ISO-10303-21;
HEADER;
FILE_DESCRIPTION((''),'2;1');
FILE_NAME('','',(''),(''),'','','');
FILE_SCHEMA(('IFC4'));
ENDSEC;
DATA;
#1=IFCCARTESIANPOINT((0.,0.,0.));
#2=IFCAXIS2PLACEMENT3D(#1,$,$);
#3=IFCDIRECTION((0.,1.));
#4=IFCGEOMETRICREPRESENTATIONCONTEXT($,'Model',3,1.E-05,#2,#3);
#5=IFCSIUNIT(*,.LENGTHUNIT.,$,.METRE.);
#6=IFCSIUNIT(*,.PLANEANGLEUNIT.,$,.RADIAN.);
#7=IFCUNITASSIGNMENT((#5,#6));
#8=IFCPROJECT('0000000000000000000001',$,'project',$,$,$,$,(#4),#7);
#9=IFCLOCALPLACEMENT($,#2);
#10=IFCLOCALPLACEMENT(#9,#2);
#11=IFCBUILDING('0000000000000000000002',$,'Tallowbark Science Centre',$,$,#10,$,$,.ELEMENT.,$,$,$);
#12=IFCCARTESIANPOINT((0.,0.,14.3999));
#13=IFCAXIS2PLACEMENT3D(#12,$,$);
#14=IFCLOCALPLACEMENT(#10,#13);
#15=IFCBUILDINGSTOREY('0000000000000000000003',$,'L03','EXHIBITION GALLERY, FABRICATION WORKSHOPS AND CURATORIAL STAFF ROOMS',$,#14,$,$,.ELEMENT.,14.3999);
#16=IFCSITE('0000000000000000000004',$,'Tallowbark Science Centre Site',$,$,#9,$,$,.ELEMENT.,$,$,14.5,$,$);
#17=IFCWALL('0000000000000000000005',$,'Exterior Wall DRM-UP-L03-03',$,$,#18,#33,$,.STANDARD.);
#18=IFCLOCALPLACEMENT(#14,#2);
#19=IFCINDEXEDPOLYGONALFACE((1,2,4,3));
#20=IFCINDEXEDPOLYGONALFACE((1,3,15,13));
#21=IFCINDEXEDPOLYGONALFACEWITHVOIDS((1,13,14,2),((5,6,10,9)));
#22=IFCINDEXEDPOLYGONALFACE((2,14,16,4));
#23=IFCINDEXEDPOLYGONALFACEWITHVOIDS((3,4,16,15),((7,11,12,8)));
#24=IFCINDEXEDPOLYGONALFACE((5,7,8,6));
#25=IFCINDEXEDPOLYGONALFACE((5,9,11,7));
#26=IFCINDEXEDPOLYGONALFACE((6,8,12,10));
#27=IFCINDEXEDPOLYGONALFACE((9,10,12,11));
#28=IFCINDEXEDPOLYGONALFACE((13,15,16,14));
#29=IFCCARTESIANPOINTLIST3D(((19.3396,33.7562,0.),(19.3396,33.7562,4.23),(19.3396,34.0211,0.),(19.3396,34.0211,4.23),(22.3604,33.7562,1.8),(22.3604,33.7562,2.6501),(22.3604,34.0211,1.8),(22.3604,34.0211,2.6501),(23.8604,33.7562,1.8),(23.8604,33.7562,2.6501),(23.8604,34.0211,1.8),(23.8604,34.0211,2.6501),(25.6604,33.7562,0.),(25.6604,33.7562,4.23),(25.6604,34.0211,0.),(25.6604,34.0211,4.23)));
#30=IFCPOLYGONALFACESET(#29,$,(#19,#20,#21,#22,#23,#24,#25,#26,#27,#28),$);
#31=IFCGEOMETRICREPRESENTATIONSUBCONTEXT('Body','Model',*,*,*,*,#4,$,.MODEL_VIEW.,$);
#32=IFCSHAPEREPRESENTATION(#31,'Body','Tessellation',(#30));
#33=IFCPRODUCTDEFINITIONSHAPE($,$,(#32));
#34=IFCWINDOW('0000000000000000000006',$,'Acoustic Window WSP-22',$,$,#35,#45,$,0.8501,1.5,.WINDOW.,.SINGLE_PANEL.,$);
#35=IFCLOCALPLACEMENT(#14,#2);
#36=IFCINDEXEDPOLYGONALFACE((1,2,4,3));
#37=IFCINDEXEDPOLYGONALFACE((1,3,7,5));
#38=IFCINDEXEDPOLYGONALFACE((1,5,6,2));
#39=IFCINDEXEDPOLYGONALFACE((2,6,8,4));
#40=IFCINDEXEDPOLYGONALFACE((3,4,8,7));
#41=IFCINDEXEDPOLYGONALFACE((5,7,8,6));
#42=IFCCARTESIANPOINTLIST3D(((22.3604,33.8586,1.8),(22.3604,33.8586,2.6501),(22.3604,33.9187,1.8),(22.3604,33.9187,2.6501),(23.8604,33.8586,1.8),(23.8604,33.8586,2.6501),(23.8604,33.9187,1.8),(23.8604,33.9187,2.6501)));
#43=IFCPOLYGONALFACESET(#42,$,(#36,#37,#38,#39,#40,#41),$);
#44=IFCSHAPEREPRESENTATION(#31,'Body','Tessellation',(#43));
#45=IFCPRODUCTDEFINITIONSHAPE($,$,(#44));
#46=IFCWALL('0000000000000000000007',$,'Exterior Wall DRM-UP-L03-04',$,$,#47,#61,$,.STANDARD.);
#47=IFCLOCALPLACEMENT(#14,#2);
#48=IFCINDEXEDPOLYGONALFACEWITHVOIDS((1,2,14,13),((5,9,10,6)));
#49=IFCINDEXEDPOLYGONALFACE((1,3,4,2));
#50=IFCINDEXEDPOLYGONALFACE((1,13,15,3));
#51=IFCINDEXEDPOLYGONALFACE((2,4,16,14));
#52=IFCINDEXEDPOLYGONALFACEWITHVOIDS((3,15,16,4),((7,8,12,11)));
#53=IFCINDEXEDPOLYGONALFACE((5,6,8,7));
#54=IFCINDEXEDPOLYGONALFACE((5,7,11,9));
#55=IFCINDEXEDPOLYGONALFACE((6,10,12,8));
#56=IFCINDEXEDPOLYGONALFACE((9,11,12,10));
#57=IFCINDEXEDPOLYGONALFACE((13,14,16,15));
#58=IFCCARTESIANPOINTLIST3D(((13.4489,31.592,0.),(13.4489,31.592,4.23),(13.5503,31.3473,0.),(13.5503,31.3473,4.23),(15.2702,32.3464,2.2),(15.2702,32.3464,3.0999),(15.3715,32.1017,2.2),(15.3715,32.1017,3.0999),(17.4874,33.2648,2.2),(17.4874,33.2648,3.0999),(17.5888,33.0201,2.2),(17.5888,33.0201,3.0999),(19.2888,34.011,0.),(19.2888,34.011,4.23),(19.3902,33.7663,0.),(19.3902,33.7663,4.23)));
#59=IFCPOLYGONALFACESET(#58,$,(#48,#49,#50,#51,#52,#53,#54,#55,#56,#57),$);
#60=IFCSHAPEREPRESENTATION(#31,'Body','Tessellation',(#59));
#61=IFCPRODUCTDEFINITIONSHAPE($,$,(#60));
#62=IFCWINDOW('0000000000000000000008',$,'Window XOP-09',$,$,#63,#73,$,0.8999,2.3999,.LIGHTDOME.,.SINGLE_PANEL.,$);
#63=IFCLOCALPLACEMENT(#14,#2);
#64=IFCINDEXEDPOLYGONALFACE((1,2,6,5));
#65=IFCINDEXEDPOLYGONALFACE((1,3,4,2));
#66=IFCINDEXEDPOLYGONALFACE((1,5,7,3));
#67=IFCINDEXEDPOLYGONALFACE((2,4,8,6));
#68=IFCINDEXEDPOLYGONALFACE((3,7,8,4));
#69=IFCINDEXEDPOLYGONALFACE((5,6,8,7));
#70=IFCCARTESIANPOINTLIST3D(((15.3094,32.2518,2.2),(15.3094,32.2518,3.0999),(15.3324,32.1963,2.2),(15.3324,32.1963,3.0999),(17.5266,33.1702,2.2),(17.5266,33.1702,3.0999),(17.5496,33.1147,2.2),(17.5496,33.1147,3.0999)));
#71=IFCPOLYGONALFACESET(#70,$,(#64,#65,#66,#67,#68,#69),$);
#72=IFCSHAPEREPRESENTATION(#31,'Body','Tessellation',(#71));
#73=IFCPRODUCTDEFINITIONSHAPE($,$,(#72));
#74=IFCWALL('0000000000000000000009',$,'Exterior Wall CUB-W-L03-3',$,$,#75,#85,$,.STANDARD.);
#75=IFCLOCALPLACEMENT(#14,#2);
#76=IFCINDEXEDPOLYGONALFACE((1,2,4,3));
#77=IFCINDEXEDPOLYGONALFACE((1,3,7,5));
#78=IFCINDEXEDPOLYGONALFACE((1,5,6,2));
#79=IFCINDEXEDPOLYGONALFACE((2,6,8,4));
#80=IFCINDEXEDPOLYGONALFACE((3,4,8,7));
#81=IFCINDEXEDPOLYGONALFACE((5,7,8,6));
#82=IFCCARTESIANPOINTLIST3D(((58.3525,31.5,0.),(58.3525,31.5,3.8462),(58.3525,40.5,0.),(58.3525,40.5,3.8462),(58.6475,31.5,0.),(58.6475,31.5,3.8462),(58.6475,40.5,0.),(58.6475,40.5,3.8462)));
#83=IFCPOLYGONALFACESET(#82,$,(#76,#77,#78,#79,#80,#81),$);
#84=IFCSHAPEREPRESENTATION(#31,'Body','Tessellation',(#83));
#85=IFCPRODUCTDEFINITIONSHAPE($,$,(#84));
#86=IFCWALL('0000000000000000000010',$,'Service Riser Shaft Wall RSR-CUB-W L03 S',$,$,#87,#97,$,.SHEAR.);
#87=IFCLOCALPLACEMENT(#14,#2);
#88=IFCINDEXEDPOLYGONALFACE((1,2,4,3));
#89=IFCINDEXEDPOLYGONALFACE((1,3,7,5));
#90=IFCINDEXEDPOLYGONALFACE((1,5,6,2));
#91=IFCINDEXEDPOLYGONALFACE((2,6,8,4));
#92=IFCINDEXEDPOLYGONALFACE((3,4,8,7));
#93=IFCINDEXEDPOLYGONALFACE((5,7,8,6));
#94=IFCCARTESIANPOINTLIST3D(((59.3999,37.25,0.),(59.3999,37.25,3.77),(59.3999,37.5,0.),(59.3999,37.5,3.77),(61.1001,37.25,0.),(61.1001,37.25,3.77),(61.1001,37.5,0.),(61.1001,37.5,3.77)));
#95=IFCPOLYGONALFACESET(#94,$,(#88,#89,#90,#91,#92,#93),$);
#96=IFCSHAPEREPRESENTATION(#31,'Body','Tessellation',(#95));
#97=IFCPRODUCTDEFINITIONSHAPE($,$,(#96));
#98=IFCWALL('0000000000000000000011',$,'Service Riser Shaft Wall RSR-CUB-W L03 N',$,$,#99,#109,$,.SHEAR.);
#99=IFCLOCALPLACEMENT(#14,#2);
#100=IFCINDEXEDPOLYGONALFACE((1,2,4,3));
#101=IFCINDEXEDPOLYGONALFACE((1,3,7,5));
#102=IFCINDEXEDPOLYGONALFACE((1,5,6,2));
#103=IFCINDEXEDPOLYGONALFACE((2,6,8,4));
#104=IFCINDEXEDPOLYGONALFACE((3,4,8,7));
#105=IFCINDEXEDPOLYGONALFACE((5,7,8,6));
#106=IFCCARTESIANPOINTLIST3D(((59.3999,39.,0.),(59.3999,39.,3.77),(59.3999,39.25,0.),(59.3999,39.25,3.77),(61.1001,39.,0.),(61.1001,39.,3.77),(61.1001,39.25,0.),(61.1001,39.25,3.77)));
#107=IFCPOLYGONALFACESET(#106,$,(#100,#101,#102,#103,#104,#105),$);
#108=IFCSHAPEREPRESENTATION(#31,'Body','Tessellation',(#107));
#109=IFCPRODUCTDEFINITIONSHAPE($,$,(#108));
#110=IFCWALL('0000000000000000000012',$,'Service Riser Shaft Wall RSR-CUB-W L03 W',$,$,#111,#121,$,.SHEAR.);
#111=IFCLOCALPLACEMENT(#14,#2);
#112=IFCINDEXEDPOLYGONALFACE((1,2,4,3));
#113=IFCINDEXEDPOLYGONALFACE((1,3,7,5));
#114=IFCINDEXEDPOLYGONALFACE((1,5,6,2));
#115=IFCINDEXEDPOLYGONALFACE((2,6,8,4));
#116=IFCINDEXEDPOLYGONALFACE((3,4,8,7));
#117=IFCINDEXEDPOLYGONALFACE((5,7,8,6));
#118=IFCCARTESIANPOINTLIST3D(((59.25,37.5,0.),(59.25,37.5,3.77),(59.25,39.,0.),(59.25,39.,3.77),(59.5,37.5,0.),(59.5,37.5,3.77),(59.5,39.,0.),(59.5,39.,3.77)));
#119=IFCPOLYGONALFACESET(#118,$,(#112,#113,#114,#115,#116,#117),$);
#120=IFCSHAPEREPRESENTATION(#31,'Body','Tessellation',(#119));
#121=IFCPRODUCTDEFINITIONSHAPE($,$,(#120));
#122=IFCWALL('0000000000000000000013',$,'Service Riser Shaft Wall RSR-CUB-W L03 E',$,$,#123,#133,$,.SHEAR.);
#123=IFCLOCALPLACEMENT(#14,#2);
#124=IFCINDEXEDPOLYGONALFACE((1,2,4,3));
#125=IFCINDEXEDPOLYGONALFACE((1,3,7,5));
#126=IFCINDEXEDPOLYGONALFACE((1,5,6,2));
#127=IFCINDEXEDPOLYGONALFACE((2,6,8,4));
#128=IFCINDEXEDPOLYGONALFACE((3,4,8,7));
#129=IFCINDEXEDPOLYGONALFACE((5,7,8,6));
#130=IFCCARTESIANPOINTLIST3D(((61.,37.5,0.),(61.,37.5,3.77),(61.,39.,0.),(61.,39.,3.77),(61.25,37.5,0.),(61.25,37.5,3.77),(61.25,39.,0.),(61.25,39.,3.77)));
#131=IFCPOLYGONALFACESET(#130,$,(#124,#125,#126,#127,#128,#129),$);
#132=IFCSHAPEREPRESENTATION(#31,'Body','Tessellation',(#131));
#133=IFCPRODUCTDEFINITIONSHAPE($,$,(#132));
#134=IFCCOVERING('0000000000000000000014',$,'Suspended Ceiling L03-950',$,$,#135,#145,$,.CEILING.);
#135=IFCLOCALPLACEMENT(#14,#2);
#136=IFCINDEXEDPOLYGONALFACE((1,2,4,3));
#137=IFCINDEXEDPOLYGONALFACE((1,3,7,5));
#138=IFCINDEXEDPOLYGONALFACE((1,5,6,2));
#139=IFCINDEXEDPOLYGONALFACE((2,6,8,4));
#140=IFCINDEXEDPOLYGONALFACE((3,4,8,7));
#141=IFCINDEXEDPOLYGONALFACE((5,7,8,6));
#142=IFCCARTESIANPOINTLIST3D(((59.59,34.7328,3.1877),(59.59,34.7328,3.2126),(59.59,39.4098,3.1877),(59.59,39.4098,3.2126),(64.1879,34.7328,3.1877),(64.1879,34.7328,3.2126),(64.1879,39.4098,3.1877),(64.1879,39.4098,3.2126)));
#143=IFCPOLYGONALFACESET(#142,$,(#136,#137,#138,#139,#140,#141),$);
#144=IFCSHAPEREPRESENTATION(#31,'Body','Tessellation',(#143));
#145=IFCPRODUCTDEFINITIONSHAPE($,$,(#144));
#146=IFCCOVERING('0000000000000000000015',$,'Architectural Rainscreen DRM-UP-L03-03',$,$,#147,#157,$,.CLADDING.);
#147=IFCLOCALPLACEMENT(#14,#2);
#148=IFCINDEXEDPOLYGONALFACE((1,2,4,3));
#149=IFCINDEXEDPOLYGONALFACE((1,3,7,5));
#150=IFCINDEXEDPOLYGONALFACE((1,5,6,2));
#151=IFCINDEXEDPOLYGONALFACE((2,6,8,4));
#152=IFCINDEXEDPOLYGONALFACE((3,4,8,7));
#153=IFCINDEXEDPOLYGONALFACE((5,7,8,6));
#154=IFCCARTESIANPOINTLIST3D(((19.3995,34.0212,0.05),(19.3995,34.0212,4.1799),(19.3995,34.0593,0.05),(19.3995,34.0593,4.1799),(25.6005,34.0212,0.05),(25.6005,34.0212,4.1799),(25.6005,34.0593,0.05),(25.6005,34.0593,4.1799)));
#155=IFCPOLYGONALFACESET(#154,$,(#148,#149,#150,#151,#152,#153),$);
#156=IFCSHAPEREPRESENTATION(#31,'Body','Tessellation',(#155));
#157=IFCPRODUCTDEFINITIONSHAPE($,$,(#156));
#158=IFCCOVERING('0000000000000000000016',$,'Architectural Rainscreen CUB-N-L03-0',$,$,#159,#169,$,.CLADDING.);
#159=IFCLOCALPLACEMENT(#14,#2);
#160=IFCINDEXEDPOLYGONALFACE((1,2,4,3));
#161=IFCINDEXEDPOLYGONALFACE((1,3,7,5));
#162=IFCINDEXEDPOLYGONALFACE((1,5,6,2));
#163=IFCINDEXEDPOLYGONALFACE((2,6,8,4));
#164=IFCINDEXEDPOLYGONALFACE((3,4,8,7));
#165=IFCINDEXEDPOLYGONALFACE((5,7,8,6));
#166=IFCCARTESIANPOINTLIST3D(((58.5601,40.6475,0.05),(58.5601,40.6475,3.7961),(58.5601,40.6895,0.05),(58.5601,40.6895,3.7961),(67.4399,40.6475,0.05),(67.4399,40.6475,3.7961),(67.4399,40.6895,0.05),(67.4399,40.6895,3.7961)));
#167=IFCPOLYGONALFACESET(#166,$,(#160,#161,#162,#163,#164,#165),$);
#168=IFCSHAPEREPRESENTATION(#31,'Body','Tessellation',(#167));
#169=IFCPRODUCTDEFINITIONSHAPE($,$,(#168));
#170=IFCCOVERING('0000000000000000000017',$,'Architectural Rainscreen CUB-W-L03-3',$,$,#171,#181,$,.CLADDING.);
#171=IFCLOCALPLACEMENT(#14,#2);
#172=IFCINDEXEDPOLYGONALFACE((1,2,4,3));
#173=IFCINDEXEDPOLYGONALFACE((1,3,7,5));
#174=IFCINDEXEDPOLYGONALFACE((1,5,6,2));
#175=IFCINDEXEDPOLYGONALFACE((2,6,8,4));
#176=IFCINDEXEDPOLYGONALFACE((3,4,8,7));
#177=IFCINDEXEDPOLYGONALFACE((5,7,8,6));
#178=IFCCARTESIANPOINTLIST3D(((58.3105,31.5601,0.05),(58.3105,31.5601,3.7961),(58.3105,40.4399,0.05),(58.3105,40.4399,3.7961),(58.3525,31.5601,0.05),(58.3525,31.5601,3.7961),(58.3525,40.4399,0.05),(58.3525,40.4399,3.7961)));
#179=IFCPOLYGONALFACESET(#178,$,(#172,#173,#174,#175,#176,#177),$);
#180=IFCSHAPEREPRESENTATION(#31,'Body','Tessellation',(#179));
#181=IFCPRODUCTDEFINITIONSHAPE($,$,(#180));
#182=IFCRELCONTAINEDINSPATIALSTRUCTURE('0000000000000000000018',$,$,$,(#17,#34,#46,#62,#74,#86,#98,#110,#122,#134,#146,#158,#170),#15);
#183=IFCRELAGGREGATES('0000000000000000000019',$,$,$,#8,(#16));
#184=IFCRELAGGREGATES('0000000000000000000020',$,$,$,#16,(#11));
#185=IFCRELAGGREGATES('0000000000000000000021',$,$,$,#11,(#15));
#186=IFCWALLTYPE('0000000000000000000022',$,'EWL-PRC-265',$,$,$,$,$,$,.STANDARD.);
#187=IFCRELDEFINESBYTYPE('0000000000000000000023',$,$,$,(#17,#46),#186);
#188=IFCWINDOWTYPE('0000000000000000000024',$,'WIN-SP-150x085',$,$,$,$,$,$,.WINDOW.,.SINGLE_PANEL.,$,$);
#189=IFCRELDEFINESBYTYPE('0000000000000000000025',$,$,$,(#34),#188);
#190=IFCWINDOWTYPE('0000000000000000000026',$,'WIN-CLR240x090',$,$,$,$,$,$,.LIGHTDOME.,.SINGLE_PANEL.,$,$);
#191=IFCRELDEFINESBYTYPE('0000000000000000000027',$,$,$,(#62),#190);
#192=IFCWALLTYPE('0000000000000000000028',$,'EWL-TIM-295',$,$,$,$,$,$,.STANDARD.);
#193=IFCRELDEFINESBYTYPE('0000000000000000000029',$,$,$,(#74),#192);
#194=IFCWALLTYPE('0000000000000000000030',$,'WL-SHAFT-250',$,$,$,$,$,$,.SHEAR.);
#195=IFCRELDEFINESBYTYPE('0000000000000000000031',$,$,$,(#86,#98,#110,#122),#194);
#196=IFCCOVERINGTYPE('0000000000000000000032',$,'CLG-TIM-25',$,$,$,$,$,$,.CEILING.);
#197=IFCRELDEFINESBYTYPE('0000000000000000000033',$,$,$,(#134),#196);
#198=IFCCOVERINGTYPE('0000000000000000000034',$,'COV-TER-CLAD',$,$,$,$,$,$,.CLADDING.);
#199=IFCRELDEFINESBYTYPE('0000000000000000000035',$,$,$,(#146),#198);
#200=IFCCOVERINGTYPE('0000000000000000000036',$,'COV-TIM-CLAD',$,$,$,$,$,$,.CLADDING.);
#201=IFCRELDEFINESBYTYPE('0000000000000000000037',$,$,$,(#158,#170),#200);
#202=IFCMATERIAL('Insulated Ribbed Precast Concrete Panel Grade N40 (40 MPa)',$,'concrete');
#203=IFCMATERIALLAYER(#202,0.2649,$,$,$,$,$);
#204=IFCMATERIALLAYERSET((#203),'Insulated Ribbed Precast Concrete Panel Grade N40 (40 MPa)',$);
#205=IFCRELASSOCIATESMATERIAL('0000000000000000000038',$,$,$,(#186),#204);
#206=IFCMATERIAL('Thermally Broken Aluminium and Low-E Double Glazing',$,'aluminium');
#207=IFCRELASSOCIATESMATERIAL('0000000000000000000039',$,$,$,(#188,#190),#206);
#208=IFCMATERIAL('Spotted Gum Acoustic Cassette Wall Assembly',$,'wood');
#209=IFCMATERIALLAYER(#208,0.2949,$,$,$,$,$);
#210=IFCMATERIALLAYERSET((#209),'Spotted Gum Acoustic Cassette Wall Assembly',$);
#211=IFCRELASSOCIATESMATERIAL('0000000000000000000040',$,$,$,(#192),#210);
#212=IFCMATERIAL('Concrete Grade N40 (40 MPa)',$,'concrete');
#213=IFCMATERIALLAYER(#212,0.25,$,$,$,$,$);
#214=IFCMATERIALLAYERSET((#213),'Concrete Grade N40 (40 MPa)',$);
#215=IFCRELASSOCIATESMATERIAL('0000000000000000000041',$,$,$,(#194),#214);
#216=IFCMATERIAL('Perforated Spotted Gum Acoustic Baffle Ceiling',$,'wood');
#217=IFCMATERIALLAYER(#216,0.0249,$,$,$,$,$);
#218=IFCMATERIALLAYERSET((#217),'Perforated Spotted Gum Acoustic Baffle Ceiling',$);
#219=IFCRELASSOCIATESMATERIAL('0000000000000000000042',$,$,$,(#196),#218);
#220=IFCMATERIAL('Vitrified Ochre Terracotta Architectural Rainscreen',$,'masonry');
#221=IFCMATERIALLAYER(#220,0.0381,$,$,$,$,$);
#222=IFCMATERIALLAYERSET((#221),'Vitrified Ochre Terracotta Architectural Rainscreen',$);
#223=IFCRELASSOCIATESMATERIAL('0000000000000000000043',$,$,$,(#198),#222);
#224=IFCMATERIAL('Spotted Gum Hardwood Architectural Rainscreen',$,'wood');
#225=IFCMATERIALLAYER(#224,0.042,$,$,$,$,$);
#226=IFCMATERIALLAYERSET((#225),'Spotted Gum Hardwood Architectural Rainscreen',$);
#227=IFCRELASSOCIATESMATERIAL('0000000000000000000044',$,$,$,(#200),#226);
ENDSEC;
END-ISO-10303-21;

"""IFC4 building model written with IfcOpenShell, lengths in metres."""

from ifc_helpers import new_model, si_unit, direction, frame, frame_2d, origin, origin_2d, place, context, subcontext, project, spatial, rectangle, extrude, material, layer, layer_set, type_object, element, fill, save


model = new_model("IFC4")

# Units and contexts
model_context = context("Model", 3, precision=1e-05, world=origin(), true_north=direction((0.0, 1.0)))
body_context = subcontext(model_context, "Body", "Model", "MODEL_VIEW")
ifc_project = project(units=[si_unit("LENGTHUNIT", "METRE"), si_unit("PLANEANGLEUNIT", "RADIAN")], contexts=[model_context])

# Site, building, storey
site_placement = place(None, origin())
site = spatial("IfcSite", under=ifc_project, at=site_placement, Name="Tallowbark Science Centre Site", CompositionType="ELEMENT", RefElevation=14.5)
building_placement = place(site_placement, origin())
building = spatial("IfcBuilding", under=site, at=building_placement, Name="Tallowbark Science Centre", CompositionType="ELEMENT")
storey_placement = place(building_placement, frame((0.0, 0.0, 14.3999)))
storey = spatial("IfcBuildingStorey", under=building, at=storey_placement, Name="L03", Description="EXHIBITION GALLERY, FABRICATION WORKSHOPS AND CURATORIAL STAFF ROOMS", CompositionType="ELEMENT", Elevation=14.3999)

# Walls, openings, windows
ifc_material_1 = material(Name="Insulated Ribbed Precast Concrete Panel Grade N40 (40 MPa)", Category="concrete")
ifc_layer_1 = layer(ifc_material_1, 0.2649)
ifc_layer_set_1 = layer_set([ifc_layer_1], Name="Insulated Ribbed Precast Concrete Panel Grade N40 (40 MPa)")
wall_type_1 = type_object("IfcWallType", Name="EWL-PRC-265", PredefinedType="STANDARD", material=ifc_layer_set_1)
wall_1_placement = place(storey_placement, frame((25.6604, 33.8887, 0.0), z_axis=(0.0, 0.0, 1.0), x_axis=(-1.0, 0.0, 0.0)))
wall_1 = element("IfcWall", 1, at=wall_1_placement, inside=storey, type_object=wall_type_1, Name="Exterior Wall DRM-UP-L03-03", PredefinedType="STANDARD", context=body_context, shape_type="SweptSolid", body=[
    extrude(rectangle(XDim=6.3208, YDim=0.2649, at=frame_2d((3.1604, 0.0))), origin(), (0.0, 0.0, 1.0), 4.23),
])
opening_1_placement = place(wall_1_placement, frame((1.8, 0.0, 1.8)))
opening_1 = element("IfcOpeningElement", 2, at=opening_1_placement, cuts=wall_1, PredefinedType="OPENING", context=body_context, shape_type="SweptSolid", body=[
    extrude(rectangle(XDim=1.5, YDim=0.8501, at=frame_2d((0.75, 0.425))), frame((0.0, 0.1426, 0.0), z_axis=(0.0, -1.0, 0.0), x_axis=(1.0, 0.0, 0.0)), (0.0, 0.0, 1.0), 0.2849),
])
ifc_material_2 = material(Name="Thermally Broken Aluminium and Low-E Double Glazing", Category="aluminium")
window_type_1 = type_object("IfcWindowType", Name="WIN-SP-150x085", PartitioningType="SINGLE_PANEL", PredefinedType="WINDOW", material=ifc_material_2)
window_1_placement = place(opening_1_placement, origin())
window_1 = element("IfcWindow", 3, at=window_1_placement, inside=storey, type_object=window_type_1, Name="Acoustic Window WSP-22", OverallHeight=0.8501, OverallWidth=1.5, PartitioningType="SINGLE_PANEL", PredefinedType="WINDOW", context=body_context, shape_type="SweptSolid", body=[
    extrude(rectangle(XDim=1.5, YDim=0.8501, at=frame_2d((0.75, 0.425))), frame((0.0, 0.03, 0.0), z_axis=(0.0, -1.0, 0.0), x_axis=(1.0, 0.0, 0.0)), (0.0, 0.0, 1.0), 0.0601),
])
fill(opening_1, window_1)
wall_2_placement = place(storey_placement, frame((19.3396, 33.8887, 0.0), z_axis=(0.0, 0.0, 1.0), x_axis=(-0.923879, -0.382684, 0.0)))
wall_2 = element("IfcWall", 4, at=wall_2_placement, inside=storey, type_object=wall_type_1, Name="Exterior Wall DRM-UP-L03-04", PredefinedType="STANDARD", context=body_context, shape_type="SweptSolid", body=[
    extrude(rectangle(XDim=6.321, YDim=0.2649, at=frame_2d((3.1606, 0.0))), origin(), (0.0, 0.0, 1.0), 4.23),
])
opening_2_placement = place(wall_2_placement, frame((1.95, 0.0, 2.2)))
opening_2 = element("IfcOpeningElement", 5, at=opening_2_placement, cuts=wall_2, PredefinedType="OPENING", context=body_context, shape_type="SweptSolid", body=[
    extrude(rectangle(XDim=2.3999, YDim=0.8999, at=frame_2d((1.2, 0.45))), frame((0.0, 0.1426, 0.0), z_axis=(0.0, -1.0, 0.0), x_axis=(1.0, 0.0, 0.0)), (0.0, 0.0, 1.0), 0.2849),
])
window_type_2 = type_object("IfcWindowType", Name="WIN-CLR240x090", PartitioningType="SINGLE_PANEL", PredefinedType="LIGHTDOME", material=ifc_material_2)
window_2_placement = place(opening_2_placement, origin())
window_2 = element("IfcWindow", 6, at=window_2_placement, inside=storey, type_object=window_type_2, Name="Window XOP-09", OverallHeight=0.8999, OverallWidth=2.3999, PartitioningType="SINGLE_PANEL", PredefinedType="LIGHTDOME", context=body_context, shape_type="SweptSolid", body=[
    extrude(rectangle(XDim=2.3999, YDim=0.8999, at=frame_2d((1.2, 0.45))), frame((0.0, 0.03, 0.0), z_axis=(0.0, -1.0, 0.0), x_axis=(1.0, 0.0, 0.0)), (0.0, 0.0, 1.0), 0.0601),
])
fill(opening_2, window_2)

# Walls
ifc_material_3 = material(Name="Spotted Gum Acoustic Cassette Wall Assembly", Category="wood")
ifc_layer_2 = layer(ifc_material_3, 0.2949)
ifc_layer_set_2 = layer_set([ifc_layer_2], Name="Spotted Gum Acoustic Cassette Wall Assembly")
wall_type_2 = type_object("IfcWallType", Name="EWL-TIM-295", PredefinedType="STANDARD", material=ifc_layer_set_2)
wall_3_placement = place(storey_placement, frame((58.5, 40.5, 0.0), z_axis=(0.0, 0.0, 1.0), x_axis=(0.0, -1.0, 0.0)))
element("IfcWall", 7, at=wall_3_placement, inside=storey, type_object=wall_type_2, Name="Exterior Wall CUB-W-L03-3", PredefinedType="STANDARD", context=body_context, shape_type="SweptSolid", body=[
    extrude(rectangle(XDim=9.0, YDim=0.2949, at=frame_2d((4.5, 0.0))), origin(), (0.0, 0.0, 1.0), 3.8462),
])
ifc_material_4 = material(Name="Concrete Grade N40 (40 MPa)", Category="concrete")
ifc_layer_3 = layer(ifc_material_4, 0.25)
ifc_layer_set_3 = layer_set([ifc_layer_3], Name="Concrete Grade N40 (40 MPa)")
wall_type_3 = type_object("IfcWallType", Name="WL-SHAFT-250", PredefinedType="SHEAR", material=ifc_layer_set_3)
for number, where, z_axis, x_axis, name in (
    (8, (59.3999, 37.375, 0.0), (0.0, 0.0, 1.0), (1.0, 0.0, 0.0), "Service Riser Shaft Wall RSR-CUB-W L03 S"),
    (9, (59.3999, 39.125, 0.0), (0.0, 0.0, 1.0), (1.0, 0.0, 0.0), "Service Riser Shaft Wall RSR-CUB-W L03 N"),
):
    element("IfcWall", number, at=place(storey_placement, frame(where, z_axis=z_axis, x_axis=x_axis)), inside=storey, type_object=wall_type_3, Name=name, PredefinedType="SHEAR", context=body_context, shape_type="SweptSolid", body=[
        extrude(rectangle(XDim=1.7002, YDim=0.25, at=frame_2d((0.8501, 0.0))), origin(), (0.0, 0.0, 1.0), 3.77),
    ])
for number, where, z_axis, x_axis, name in (
    (10, (59.375, 37.5, 0.0), (0.0, 0.0, 1.0), (0.0, 1.0, 0.0), "Service Riser Shaft Wall RSR-CUB-W L03 W"),
    (11, (61.125, 37.5, 0.0), (0.0, 0.0, 1.0), (0.0, 1.0, 0.0), "Service Riser Shaft Wall RSR-CUB-W L03 E"),
):
    element("IfcWall", number, at=place(storey_placement, frame(where, z_axis=z_axis, x_axis=x_axis)), inside=storey, type_object=wall_type_3, Name=name, PredefinedType="SHEAR", context=body_context, shape_type="SweptSolid", body=[
        extrude(rectangle(XDim=1.5, YDim=0.25, at=frame_2d((0.75, 0.0))), origin(), (0.0, 0.0, 1.0), 3.77),
    ])

# Coverings
ifc_material_5 = material(Name="Perforated Spotted Gum Acoustic Baffle Ceiling", Category="wood")
ifc_layer_4 = layer(ifc_material_5, 0.0249)
ifc_layer_set_4 = layer_set([ifc_layer_4], Name="Perforated Spotted Gum Acoustic Baffle Ceiling")
covering_type_1 = type_object("IfcCoveringType", Name="CLG-TIM-25", PredefinedType="CEILING", material=ifc_layer_set_4)
covering_1_placement = place(storey_placement, frame((61.8889, 37.0713, 3.1877), z_axis=(0.0, 0.0, 1.0), x_axis=(1.0, 0.0, 0.0)))
element("IfcCovering", 12, at=covering_1_placement, inside=storey, type_object=covering_type_1, Name="Suspended Ceiling L03-950", PredefinedType="CEILING", context=body_context, shape_type="SweptSolid", body=[
    extrude(rectangle(XDim=4.5979, YDim=4.677, at=origin_2d()), origin(), (0.0, 0.0, 1.0), 0.0249),
])
ifc_material_6 = material(Name="Vitrified Ochre Terracotta Architectural Rainscreen", Category="masonry")
ifc_layer_5 = layer(ifc_material_6, 0.0381)
ifc_layer_set_5 = layer_set([ifc_layer_5], Name="Vitrified Ochre Terracotta Architectural Rainscreen")
covering_type_2 = type_object("IfcCoveringType", Name="COV-TER-CLAD", PredefinedType="CLADDING", material=ifc_layer_set_5)
covering_2_placement = place(storey_placement, frame((22.5, 34.0403, 0.05), z_axis=(0.0, 0.0, 1.0), x_axis=(-1.0, 0.0, 0.0)))
element("IfcCovering", 13, at=covering_2_placement, inside=storey, type_object=covering_type_2, Name="Architectural Rainscreen DRM-UP-L03-03", PredefinedType="CLADDING", context=body_context, shape_type="SweptSolid", body=[
    extrude(rectangle(XDim=6.2009, YDim=0.0381, at=origin_2d()), origin(), (0.0, 0.0, 1.0), 4.1299),
])
ifc_material_7 = material(Name="Spotted Gum Hardwood Architectural Rainscreen", Category="wood")
ifc_layer_6 = layer(ifc_material_7, 0.042)
ifc_layer_set_6 = layer_set([ifc_layer_6], Name="Spotted Gum Hardwood Architectural Rainscreen")
covering_type_3 = type_object("IfcCoveringType", Name="COV-TIM-CLAD", PredefinedType="CLADDING", material=ifc_layer_set_6)
for number, where, z_axis, x_axis, name in (
    (14, (63.0, 40.6685, 0.05), (0.0, 0.0, 1.0), (-1.0, 0.0, 0.0), "Architectural Rainscreen CUB-N-L03-0"),
    (15, (58.3315, 36.0, 0.05), (0.0, 0.0, 1.0), (0.0, -1.0, 0.0), "Architectural Rainscreen CUB-W-L03-3"),
):
    element("IfcCovering", number, at=place(storey_placement, frame(where, z_axis=z_axis, x_axis=x_axis)), inside=storey, type_object=covering_type_3, Name=name, PredefinedType="CLADDING", context=body_context, shape_type="SweptSolid", body=[
        extrude(rectangle(XDim=8.8799, YDim=0.042, at=origin_2d()), origin(), (0.0, 0.0, 1.0), 3.7461),
    ])

save(model, "model.ifc")
